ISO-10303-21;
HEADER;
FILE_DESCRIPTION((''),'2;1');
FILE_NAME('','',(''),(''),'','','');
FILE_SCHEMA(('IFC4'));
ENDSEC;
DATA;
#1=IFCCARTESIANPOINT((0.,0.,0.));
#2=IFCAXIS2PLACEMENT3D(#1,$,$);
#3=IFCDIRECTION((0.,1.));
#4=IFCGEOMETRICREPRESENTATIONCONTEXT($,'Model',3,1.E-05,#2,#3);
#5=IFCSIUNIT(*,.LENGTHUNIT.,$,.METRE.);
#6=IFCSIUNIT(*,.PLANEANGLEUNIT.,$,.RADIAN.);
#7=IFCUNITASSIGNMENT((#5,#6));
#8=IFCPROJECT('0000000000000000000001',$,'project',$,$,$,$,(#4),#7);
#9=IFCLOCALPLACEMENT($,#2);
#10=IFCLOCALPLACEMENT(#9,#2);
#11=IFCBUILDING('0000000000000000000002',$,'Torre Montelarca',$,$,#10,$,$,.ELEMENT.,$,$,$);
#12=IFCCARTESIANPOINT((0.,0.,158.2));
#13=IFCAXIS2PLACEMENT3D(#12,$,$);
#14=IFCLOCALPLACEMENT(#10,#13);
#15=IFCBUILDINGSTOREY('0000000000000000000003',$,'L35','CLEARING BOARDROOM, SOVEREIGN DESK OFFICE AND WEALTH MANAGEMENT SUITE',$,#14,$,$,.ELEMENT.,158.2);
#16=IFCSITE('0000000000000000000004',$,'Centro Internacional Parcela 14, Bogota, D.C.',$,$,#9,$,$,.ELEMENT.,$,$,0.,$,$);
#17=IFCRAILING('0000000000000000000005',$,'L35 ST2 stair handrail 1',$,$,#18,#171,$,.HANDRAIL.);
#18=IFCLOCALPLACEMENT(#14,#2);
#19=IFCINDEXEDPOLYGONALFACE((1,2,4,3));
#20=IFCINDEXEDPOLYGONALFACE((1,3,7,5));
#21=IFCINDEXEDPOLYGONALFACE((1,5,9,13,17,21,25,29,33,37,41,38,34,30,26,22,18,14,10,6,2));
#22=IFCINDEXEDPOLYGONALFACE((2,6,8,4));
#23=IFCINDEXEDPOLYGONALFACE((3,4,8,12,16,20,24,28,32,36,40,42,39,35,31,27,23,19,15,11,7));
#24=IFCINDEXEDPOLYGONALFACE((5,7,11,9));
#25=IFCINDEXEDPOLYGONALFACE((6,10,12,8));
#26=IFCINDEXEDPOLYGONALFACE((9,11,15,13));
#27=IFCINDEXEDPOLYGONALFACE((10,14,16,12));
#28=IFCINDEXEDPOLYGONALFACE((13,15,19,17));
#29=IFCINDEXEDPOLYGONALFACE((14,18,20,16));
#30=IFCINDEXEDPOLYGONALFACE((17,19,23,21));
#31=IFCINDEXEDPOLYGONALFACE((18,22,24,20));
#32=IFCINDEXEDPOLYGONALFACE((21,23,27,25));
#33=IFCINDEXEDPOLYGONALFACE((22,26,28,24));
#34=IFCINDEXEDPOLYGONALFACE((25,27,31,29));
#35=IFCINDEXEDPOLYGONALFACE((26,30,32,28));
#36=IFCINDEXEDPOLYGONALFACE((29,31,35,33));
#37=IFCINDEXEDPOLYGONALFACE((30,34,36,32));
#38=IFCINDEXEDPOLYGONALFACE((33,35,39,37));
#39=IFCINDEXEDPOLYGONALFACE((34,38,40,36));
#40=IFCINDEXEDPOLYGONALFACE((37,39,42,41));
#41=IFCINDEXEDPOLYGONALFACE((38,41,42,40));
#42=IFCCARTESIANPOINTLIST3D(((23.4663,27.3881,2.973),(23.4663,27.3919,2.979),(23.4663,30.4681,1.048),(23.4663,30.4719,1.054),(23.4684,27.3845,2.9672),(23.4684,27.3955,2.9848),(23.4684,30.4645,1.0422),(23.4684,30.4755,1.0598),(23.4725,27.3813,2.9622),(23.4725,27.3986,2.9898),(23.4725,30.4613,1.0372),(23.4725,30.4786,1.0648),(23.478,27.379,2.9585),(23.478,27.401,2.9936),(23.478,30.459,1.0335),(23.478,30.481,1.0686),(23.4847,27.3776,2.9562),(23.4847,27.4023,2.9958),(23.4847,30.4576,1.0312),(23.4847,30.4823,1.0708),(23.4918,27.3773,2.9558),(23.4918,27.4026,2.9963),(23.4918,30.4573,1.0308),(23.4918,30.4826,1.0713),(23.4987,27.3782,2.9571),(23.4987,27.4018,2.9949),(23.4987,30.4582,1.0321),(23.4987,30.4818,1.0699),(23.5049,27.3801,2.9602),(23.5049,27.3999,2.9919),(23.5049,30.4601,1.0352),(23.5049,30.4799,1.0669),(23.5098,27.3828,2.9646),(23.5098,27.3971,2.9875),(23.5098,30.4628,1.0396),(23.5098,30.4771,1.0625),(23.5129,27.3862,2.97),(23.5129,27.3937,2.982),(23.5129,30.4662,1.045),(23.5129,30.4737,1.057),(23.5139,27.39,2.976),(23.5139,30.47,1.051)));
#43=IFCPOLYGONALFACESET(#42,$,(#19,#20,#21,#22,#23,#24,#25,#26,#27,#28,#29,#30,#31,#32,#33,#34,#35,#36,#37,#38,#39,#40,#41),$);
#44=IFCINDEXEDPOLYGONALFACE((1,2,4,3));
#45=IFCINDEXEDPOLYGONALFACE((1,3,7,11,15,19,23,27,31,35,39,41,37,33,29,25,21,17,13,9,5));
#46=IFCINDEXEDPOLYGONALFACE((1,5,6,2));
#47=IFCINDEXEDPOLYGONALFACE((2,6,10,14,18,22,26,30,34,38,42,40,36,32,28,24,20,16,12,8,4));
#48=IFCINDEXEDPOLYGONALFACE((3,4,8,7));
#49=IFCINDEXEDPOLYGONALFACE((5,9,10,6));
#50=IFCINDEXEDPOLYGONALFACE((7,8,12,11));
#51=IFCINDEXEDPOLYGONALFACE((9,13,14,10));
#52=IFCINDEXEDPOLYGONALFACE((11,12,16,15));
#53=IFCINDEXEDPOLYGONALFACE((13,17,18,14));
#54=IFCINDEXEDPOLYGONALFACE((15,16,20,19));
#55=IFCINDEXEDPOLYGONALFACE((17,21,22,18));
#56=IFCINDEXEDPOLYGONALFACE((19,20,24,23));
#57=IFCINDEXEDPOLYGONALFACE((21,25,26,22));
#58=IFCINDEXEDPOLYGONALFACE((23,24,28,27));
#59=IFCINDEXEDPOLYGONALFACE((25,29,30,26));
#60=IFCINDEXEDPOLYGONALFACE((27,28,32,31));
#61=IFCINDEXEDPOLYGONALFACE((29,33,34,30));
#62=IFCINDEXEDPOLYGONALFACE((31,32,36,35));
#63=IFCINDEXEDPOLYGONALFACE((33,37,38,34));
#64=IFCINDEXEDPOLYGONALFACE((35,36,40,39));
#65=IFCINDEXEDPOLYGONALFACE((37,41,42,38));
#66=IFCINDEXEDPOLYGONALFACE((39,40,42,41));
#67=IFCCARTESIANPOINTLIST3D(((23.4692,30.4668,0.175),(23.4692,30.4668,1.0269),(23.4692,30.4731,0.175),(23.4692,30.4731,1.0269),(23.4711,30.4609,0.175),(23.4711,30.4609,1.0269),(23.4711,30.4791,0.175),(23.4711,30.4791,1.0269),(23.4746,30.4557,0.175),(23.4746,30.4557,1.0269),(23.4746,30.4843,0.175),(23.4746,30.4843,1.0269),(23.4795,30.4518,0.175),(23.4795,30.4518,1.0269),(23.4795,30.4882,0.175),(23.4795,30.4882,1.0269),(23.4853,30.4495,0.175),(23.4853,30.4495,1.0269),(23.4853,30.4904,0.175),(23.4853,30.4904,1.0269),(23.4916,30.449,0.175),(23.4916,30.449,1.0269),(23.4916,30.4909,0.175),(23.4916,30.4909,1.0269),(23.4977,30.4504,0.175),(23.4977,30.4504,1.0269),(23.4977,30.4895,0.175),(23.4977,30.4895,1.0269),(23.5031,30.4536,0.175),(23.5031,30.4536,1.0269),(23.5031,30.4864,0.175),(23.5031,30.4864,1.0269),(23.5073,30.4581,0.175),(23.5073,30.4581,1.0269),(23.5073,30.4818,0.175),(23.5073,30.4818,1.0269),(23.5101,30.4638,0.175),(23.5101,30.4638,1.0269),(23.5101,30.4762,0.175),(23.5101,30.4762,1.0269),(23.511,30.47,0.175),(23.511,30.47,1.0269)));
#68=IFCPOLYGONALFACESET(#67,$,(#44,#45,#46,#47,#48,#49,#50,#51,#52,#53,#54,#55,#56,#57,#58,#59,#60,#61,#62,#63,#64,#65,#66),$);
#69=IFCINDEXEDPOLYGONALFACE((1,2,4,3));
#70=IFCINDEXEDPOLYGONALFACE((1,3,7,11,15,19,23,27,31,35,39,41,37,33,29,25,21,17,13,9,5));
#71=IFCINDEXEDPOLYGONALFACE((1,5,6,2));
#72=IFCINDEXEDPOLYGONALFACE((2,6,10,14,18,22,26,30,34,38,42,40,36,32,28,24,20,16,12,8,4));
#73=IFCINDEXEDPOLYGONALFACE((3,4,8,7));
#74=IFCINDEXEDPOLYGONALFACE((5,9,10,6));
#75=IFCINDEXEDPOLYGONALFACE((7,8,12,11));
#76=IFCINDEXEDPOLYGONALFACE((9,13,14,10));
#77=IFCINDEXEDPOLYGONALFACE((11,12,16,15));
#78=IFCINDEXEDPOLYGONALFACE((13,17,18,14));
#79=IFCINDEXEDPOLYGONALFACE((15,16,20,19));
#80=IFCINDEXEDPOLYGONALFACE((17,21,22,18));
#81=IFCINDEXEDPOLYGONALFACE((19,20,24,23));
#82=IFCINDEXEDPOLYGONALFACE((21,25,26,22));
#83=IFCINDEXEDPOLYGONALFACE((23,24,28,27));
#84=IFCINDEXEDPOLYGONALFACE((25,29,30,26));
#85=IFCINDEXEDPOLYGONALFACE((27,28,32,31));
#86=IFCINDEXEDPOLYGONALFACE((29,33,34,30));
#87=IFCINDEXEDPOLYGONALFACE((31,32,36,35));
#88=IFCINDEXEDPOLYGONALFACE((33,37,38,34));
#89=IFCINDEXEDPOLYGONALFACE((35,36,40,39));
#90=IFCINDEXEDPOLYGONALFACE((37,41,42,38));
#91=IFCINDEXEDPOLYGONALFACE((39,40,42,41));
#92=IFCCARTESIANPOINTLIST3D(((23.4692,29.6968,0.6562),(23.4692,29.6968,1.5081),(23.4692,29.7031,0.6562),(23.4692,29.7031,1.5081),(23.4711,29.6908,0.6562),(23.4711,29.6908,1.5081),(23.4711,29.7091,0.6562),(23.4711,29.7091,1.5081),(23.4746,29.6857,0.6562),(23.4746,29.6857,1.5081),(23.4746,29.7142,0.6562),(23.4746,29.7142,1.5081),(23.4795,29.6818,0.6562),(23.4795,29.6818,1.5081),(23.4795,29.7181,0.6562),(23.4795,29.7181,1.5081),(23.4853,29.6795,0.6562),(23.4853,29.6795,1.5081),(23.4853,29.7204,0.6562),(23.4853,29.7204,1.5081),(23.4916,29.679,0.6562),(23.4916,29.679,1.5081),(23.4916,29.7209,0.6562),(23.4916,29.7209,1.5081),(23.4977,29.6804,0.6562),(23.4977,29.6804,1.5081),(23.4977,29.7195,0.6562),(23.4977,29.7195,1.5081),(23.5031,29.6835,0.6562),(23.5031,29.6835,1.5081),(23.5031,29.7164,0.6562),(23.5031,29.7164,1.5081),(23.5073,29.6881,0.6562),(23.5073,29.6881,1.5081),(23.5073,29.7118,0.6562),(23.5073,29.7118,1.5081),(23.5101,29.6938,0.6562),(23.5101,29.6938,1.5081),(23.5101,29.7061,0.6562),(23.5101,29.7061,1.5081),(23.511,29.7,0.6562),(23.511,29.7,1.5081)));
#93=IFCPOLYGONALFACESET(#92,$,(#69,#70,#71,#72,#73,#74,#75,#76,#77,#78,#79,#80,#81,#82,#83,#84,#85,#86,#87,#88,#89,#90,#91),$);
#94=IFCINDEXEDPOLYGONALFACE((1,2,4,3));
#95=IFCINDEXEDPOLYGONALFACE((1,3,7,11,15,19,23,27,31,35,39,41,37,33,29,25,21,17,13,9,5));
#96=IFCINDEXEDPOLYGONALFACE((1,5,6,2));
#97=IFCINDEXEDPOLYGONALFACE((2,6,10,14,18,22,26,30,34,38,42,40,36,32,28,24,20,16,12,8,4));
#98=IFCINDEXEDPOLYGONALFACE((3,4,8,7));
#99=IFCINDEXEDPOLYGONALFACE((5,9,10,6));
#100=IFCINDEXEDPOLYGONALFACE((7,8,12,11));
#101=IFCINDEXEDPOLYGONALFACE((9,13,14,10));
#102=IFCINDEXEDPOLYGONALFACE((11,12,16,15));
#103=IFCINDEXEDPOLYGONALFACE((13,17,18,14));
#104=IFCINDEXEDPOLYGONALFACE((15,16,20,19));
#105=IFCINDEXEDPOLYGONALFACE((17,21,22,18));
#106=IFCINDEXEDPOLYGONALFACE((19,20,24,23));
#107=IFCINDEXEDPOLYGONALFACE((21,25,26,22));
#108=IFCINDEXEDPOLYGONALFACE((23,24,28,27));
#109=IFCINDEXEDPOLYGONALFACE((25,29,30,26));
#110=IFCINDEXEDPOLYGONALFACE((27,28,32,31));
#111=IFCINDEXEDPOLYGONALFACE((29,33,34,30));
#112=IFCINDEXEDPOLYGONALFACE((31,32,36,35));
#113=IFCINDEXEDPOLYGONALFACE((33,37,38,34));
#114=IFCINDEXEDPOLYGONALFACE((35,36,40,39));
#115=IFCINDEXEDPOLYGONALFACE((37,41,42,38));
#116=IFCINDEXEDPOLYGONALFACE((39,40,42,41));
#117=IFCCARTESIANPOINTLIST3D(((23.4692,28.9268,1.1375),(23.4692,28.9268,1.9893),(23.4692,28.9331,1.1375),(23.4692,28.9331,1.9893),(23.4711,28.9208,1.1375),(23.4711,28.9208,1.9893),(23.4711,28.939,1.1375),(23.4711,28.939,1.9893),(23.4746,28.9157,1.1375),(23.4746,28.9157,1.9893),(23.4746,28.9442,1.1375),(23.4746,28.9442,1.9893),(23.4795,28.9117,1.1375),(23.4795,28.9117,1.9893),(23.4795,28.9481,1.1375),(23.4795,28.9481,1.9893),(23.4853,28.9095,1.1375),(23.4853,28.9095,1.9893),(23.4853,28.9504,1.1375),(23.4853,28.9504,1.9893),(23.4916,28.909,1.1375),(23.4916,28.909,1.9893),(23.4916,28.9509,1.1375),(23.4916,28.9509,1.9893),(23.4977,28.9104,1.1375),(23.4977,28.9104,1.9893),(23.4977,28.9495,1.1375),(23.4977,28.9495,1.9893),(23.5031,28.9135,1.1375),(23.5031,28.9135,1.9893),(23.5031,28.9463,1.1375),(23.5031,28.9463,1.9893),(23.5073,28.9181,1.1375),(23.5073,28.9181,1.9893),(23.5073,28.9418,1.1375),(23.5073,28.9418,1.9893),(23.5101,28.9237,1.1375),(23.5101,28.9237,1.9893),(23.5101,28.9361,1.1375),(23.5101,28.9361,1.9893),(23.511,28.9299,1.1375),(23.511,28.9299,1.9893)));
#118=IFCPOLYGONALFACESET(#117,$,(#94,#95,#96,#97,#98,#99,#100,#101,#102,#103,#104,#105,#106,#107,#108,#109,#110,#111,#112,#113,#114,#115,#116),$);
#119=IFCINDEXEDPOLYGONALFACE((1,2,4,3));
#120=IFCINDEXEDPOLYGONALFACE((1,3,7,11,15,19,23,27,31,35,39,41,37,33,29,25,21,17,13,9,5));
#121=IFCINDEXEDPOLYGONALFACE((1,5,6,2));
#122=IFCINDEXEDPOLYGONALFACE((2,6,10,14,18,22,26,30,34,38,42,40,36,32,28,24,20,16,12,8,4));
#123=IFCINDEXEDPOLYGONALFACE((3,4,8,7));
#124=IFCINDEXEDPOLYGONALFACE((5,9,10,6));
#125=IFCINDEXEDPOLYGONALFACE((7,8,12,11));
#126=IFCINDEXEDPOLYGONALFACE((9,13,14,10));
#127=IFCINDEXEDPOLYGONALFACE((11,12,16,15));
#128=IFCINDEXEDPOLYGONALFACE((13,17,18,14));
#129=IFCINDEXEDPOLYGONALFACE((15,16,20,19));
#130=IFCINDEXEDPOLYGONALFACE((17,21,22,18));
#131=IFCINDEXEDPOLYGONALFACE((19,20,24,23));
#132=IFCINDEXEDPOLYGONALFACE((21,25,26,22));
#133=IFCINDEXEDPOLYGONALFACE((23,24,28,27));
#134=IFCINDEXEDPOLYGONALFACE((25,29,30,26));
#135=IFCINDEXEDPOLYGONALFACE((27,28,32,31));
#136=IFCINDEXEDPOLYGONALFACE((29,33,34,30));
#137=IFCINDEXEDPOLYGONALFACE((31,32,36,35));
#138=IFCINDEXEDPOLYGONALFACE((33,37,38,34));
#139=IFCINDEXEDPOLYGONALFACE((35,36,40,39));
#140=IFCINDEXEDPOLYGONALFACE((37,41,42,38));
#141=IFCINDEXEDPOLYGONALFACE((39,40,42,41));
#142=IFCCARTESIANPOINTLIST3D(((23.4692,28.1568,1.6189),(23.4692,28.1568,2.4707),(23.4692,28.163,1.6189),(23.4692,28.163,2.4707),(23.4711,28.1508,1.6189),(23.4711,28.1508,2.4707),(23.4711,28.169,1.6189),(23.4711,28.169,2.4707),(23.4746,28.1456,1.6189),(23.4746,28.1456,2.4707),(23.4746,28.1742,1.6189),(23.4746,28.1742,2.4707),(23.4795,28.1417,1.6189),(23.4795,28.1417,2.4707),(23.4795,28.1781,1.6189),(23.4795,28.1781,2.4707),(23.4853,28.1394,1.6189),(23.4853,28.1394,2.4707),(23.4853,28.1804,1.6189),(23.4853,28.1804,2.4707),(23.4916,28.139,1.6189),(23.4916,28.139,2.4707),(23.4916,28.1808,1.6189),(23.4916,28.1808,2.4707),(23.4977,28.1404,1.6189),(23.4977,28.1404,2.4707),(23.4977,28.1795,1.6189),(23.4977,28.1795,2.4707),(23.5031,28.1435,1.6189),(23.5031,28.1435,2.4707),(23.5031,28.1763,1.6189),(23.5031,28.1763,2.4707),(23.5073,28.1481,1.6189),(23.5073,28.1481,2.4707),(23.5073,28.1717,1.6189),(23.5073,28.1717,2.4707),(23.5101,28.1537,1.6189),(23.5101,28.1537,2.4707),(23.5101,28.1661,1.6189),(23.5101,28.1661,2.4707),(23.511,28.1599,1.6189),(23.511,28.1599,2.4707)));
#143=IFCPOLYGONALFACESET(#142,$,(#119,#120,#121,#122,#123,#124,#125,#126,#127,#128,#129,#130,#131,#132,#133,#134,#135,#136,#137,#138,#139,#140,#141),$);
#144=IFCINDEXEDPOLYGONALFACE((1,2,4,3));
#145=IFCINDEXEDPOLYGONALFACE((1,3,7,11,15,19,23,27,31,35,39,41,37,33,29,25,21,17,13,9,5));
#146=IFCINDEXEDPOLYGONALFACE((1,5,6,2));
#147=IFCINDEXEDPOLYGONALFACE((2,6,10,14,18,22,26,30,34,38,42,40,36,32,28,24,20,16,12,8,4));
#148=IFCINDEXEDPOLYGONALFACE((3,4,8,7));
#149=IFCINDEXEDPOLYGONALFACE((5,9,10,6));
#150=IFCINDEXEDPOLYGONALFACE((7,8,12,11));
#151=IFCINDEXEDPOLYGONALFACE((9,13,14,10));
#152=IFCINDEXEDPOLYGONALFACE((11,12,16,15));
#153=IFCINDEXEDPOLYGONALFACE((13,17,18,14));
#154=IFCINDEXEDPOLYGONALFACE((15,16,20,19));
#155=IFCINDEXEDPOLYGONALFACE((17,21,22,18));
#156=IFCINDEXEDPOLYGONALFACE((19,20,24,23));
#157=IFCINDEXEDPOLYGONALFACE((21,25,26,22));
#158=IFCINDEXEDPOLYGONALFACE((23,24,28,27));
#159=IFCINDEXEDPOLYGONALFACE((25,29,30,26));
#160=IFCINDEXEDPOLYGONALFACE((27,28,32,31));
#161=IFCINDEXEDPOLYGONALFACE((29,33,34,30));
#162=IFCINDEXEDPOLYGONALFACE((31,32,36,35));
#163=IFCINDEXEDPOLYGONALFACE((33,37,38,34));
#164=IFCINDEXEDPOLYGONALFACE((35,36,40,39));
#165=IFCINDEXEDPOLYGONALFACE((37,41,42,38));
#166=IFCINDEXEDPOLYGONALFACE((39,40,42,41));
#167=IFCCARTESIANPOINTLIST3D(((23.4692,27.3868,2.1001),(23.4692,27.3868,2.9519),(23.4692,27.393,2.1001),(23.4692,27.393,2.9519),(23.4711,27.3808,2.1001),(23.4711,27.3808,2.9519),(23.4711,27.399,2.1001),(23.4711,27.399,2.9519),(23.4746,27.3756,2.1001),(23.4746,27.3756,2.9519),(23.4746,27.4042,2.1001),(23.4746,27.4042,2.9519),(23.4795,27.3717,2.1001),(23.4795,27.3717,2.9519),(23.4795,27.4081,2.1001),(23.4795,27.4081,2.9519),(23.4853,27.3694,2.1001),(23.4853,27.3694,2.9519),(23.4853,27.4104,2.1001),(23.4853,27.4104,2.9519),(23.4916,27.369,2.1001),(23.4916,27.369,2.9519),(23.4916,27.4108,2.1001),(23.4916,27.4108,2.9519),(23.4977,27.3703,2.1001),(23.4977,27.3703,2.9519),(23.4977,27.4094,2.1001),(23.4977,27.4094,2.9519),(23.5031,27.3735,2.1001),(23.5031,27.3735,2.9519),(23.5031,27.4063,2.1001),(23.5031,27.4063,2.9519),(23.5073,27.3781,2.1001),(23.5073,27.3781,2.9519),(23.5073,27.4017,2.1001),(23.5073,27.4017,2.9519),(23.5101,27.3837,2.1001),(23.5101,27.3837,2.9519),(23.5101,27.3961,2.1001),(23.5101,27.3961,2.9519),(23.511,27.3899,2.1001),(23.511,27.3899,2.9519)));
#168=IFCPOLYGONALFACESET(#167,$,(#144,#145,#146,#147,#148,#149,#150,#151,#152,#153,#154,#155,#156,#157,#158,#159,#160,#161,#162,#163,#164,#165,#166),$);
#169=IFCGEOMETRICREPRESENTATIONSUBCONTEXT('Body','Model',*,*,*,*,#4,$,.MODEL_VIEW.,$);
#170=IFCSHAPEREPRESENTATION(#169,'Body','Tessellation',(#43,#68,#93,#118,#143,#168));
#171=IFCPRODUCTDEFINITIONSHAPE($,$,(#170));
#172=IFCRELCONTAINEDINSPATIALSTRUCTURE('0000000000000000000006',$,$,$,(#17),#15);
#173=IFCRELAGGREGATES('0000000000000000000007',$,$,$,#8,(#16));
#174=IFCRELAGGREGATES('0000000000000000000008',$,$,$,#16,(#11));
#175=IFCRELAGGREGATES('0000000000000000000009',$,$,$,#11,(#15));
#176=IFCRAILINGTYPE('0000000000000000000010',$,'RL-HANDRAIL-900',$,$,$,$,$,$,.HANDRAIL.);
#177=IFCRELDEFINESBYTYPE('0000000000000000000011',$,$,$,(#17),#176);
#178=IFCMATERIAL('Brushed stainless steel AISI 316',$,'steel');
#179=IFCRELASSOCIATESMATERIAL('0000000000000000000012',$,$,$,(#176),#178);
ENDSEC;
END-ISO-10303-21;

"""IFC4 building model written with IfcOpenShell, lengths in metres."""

from ifc_helpers import new_model, si_unit, direction, frame, origin, origin_2d, place, context, subcontext, project, spatial, circle, extrude, material, type_object, element, save


model = new_model("IFC4")

# Units and contexts
model_context = context("Model", 3, precision=1e-05, world=origin(), true_north=direction((0.0, 1.0)))
body_context = subcontext(model_context, "Body", "Model", "MODEL_VIEW")
ifc_project = project(units=[si_unit("LENGTHUNIT", "METRE"), si_unit("PLANEANGLEUNIT", "RADIAN")], contexts=[model_context])

# Site, building, storey
site_placement = place(None, origin())
site = spatial("IfcSite", under=ifc_project, at=site_placement, Name="Centro Internacional Parcela 14, Bogota, D.C.", CompositionType="ELEMENT", RefElevation=0.0)
building_placement = place(site_placement, origin())
building = spatial("IfcBuilding", under=site, at=building_placement, Name="Torre Montelarca", CompositionType="ELEMENT")
storey_placement = place(building_placement, frame((0.0, 0.0, 158.2)))
storey = spatial("IfcBuildingStorey", under=building, at=storey_placement, Name="L35", Description="CLEARING BOARDROOM, SOVEREIGN DESK OFFICE AND WEALTH MANAGEMENT SUITE", CompositionType="ELEMENT", Elevation=158.2)

# Shared definitions
ifc_material_1 = material(Name="Brushed stainless steel AISI 316", Category="steel")

# Railing
railing_type_1 = type_object("IfcRailingType", Name="RL-HANDRAIL-900", PredefinedType="HANDRAIL", material=ifc_material_1)
railing_1_placement = place(storey_placement, frame((23.49, 30.47, 0.175)))
element("IfcRailing", 1, at=railing_1_placement, inside=storey, type_object=railing_type_1, Name="L35 ST2 stair handrail 1", PredefinedType="HANDRAIL", context=body_context, shape_type="SweptSolid", body=[
    extrude(circle(Radius=0.0239, at=origin_2d()), frame((0.0, 0.0, 0.876), z_axis=(0.0, -0.847998, 0.529999), x_axis=(1.0, 0.0, 0.0)), (0.0, 0.0, 1.0), 3.6321),
    extrude(circle(Radius=0.021, at=origin_2d()), origin(), (0.0, 0.0, 1.0), 0.8518),
    extrude(circle(Radius=0.021, at=origin_2d()), frame((0.0, -0.77, 0.4812)), (0.0, 0.0, 1.0), 0.8518),
    extrude(circle(Radius=0.021, at=origin_2d()), frame((0.0, -1.54, 0.9624)), (0.0, 0.0, 1.0), 0.8518),
    extrude(circle(Radius=0.021, at=origin_2d()), frame((0.0, -2.3101, 1.4438)), (0.0, 0.0, 1.0), 0.8518),
    extrude(circle(Radius=0.021, at=origin_2d()), frame((0.0, -3.0801, 1.925)), (0.0, 0.0, 1.0), 0.8518),
])

save(model, "model.ifc")
